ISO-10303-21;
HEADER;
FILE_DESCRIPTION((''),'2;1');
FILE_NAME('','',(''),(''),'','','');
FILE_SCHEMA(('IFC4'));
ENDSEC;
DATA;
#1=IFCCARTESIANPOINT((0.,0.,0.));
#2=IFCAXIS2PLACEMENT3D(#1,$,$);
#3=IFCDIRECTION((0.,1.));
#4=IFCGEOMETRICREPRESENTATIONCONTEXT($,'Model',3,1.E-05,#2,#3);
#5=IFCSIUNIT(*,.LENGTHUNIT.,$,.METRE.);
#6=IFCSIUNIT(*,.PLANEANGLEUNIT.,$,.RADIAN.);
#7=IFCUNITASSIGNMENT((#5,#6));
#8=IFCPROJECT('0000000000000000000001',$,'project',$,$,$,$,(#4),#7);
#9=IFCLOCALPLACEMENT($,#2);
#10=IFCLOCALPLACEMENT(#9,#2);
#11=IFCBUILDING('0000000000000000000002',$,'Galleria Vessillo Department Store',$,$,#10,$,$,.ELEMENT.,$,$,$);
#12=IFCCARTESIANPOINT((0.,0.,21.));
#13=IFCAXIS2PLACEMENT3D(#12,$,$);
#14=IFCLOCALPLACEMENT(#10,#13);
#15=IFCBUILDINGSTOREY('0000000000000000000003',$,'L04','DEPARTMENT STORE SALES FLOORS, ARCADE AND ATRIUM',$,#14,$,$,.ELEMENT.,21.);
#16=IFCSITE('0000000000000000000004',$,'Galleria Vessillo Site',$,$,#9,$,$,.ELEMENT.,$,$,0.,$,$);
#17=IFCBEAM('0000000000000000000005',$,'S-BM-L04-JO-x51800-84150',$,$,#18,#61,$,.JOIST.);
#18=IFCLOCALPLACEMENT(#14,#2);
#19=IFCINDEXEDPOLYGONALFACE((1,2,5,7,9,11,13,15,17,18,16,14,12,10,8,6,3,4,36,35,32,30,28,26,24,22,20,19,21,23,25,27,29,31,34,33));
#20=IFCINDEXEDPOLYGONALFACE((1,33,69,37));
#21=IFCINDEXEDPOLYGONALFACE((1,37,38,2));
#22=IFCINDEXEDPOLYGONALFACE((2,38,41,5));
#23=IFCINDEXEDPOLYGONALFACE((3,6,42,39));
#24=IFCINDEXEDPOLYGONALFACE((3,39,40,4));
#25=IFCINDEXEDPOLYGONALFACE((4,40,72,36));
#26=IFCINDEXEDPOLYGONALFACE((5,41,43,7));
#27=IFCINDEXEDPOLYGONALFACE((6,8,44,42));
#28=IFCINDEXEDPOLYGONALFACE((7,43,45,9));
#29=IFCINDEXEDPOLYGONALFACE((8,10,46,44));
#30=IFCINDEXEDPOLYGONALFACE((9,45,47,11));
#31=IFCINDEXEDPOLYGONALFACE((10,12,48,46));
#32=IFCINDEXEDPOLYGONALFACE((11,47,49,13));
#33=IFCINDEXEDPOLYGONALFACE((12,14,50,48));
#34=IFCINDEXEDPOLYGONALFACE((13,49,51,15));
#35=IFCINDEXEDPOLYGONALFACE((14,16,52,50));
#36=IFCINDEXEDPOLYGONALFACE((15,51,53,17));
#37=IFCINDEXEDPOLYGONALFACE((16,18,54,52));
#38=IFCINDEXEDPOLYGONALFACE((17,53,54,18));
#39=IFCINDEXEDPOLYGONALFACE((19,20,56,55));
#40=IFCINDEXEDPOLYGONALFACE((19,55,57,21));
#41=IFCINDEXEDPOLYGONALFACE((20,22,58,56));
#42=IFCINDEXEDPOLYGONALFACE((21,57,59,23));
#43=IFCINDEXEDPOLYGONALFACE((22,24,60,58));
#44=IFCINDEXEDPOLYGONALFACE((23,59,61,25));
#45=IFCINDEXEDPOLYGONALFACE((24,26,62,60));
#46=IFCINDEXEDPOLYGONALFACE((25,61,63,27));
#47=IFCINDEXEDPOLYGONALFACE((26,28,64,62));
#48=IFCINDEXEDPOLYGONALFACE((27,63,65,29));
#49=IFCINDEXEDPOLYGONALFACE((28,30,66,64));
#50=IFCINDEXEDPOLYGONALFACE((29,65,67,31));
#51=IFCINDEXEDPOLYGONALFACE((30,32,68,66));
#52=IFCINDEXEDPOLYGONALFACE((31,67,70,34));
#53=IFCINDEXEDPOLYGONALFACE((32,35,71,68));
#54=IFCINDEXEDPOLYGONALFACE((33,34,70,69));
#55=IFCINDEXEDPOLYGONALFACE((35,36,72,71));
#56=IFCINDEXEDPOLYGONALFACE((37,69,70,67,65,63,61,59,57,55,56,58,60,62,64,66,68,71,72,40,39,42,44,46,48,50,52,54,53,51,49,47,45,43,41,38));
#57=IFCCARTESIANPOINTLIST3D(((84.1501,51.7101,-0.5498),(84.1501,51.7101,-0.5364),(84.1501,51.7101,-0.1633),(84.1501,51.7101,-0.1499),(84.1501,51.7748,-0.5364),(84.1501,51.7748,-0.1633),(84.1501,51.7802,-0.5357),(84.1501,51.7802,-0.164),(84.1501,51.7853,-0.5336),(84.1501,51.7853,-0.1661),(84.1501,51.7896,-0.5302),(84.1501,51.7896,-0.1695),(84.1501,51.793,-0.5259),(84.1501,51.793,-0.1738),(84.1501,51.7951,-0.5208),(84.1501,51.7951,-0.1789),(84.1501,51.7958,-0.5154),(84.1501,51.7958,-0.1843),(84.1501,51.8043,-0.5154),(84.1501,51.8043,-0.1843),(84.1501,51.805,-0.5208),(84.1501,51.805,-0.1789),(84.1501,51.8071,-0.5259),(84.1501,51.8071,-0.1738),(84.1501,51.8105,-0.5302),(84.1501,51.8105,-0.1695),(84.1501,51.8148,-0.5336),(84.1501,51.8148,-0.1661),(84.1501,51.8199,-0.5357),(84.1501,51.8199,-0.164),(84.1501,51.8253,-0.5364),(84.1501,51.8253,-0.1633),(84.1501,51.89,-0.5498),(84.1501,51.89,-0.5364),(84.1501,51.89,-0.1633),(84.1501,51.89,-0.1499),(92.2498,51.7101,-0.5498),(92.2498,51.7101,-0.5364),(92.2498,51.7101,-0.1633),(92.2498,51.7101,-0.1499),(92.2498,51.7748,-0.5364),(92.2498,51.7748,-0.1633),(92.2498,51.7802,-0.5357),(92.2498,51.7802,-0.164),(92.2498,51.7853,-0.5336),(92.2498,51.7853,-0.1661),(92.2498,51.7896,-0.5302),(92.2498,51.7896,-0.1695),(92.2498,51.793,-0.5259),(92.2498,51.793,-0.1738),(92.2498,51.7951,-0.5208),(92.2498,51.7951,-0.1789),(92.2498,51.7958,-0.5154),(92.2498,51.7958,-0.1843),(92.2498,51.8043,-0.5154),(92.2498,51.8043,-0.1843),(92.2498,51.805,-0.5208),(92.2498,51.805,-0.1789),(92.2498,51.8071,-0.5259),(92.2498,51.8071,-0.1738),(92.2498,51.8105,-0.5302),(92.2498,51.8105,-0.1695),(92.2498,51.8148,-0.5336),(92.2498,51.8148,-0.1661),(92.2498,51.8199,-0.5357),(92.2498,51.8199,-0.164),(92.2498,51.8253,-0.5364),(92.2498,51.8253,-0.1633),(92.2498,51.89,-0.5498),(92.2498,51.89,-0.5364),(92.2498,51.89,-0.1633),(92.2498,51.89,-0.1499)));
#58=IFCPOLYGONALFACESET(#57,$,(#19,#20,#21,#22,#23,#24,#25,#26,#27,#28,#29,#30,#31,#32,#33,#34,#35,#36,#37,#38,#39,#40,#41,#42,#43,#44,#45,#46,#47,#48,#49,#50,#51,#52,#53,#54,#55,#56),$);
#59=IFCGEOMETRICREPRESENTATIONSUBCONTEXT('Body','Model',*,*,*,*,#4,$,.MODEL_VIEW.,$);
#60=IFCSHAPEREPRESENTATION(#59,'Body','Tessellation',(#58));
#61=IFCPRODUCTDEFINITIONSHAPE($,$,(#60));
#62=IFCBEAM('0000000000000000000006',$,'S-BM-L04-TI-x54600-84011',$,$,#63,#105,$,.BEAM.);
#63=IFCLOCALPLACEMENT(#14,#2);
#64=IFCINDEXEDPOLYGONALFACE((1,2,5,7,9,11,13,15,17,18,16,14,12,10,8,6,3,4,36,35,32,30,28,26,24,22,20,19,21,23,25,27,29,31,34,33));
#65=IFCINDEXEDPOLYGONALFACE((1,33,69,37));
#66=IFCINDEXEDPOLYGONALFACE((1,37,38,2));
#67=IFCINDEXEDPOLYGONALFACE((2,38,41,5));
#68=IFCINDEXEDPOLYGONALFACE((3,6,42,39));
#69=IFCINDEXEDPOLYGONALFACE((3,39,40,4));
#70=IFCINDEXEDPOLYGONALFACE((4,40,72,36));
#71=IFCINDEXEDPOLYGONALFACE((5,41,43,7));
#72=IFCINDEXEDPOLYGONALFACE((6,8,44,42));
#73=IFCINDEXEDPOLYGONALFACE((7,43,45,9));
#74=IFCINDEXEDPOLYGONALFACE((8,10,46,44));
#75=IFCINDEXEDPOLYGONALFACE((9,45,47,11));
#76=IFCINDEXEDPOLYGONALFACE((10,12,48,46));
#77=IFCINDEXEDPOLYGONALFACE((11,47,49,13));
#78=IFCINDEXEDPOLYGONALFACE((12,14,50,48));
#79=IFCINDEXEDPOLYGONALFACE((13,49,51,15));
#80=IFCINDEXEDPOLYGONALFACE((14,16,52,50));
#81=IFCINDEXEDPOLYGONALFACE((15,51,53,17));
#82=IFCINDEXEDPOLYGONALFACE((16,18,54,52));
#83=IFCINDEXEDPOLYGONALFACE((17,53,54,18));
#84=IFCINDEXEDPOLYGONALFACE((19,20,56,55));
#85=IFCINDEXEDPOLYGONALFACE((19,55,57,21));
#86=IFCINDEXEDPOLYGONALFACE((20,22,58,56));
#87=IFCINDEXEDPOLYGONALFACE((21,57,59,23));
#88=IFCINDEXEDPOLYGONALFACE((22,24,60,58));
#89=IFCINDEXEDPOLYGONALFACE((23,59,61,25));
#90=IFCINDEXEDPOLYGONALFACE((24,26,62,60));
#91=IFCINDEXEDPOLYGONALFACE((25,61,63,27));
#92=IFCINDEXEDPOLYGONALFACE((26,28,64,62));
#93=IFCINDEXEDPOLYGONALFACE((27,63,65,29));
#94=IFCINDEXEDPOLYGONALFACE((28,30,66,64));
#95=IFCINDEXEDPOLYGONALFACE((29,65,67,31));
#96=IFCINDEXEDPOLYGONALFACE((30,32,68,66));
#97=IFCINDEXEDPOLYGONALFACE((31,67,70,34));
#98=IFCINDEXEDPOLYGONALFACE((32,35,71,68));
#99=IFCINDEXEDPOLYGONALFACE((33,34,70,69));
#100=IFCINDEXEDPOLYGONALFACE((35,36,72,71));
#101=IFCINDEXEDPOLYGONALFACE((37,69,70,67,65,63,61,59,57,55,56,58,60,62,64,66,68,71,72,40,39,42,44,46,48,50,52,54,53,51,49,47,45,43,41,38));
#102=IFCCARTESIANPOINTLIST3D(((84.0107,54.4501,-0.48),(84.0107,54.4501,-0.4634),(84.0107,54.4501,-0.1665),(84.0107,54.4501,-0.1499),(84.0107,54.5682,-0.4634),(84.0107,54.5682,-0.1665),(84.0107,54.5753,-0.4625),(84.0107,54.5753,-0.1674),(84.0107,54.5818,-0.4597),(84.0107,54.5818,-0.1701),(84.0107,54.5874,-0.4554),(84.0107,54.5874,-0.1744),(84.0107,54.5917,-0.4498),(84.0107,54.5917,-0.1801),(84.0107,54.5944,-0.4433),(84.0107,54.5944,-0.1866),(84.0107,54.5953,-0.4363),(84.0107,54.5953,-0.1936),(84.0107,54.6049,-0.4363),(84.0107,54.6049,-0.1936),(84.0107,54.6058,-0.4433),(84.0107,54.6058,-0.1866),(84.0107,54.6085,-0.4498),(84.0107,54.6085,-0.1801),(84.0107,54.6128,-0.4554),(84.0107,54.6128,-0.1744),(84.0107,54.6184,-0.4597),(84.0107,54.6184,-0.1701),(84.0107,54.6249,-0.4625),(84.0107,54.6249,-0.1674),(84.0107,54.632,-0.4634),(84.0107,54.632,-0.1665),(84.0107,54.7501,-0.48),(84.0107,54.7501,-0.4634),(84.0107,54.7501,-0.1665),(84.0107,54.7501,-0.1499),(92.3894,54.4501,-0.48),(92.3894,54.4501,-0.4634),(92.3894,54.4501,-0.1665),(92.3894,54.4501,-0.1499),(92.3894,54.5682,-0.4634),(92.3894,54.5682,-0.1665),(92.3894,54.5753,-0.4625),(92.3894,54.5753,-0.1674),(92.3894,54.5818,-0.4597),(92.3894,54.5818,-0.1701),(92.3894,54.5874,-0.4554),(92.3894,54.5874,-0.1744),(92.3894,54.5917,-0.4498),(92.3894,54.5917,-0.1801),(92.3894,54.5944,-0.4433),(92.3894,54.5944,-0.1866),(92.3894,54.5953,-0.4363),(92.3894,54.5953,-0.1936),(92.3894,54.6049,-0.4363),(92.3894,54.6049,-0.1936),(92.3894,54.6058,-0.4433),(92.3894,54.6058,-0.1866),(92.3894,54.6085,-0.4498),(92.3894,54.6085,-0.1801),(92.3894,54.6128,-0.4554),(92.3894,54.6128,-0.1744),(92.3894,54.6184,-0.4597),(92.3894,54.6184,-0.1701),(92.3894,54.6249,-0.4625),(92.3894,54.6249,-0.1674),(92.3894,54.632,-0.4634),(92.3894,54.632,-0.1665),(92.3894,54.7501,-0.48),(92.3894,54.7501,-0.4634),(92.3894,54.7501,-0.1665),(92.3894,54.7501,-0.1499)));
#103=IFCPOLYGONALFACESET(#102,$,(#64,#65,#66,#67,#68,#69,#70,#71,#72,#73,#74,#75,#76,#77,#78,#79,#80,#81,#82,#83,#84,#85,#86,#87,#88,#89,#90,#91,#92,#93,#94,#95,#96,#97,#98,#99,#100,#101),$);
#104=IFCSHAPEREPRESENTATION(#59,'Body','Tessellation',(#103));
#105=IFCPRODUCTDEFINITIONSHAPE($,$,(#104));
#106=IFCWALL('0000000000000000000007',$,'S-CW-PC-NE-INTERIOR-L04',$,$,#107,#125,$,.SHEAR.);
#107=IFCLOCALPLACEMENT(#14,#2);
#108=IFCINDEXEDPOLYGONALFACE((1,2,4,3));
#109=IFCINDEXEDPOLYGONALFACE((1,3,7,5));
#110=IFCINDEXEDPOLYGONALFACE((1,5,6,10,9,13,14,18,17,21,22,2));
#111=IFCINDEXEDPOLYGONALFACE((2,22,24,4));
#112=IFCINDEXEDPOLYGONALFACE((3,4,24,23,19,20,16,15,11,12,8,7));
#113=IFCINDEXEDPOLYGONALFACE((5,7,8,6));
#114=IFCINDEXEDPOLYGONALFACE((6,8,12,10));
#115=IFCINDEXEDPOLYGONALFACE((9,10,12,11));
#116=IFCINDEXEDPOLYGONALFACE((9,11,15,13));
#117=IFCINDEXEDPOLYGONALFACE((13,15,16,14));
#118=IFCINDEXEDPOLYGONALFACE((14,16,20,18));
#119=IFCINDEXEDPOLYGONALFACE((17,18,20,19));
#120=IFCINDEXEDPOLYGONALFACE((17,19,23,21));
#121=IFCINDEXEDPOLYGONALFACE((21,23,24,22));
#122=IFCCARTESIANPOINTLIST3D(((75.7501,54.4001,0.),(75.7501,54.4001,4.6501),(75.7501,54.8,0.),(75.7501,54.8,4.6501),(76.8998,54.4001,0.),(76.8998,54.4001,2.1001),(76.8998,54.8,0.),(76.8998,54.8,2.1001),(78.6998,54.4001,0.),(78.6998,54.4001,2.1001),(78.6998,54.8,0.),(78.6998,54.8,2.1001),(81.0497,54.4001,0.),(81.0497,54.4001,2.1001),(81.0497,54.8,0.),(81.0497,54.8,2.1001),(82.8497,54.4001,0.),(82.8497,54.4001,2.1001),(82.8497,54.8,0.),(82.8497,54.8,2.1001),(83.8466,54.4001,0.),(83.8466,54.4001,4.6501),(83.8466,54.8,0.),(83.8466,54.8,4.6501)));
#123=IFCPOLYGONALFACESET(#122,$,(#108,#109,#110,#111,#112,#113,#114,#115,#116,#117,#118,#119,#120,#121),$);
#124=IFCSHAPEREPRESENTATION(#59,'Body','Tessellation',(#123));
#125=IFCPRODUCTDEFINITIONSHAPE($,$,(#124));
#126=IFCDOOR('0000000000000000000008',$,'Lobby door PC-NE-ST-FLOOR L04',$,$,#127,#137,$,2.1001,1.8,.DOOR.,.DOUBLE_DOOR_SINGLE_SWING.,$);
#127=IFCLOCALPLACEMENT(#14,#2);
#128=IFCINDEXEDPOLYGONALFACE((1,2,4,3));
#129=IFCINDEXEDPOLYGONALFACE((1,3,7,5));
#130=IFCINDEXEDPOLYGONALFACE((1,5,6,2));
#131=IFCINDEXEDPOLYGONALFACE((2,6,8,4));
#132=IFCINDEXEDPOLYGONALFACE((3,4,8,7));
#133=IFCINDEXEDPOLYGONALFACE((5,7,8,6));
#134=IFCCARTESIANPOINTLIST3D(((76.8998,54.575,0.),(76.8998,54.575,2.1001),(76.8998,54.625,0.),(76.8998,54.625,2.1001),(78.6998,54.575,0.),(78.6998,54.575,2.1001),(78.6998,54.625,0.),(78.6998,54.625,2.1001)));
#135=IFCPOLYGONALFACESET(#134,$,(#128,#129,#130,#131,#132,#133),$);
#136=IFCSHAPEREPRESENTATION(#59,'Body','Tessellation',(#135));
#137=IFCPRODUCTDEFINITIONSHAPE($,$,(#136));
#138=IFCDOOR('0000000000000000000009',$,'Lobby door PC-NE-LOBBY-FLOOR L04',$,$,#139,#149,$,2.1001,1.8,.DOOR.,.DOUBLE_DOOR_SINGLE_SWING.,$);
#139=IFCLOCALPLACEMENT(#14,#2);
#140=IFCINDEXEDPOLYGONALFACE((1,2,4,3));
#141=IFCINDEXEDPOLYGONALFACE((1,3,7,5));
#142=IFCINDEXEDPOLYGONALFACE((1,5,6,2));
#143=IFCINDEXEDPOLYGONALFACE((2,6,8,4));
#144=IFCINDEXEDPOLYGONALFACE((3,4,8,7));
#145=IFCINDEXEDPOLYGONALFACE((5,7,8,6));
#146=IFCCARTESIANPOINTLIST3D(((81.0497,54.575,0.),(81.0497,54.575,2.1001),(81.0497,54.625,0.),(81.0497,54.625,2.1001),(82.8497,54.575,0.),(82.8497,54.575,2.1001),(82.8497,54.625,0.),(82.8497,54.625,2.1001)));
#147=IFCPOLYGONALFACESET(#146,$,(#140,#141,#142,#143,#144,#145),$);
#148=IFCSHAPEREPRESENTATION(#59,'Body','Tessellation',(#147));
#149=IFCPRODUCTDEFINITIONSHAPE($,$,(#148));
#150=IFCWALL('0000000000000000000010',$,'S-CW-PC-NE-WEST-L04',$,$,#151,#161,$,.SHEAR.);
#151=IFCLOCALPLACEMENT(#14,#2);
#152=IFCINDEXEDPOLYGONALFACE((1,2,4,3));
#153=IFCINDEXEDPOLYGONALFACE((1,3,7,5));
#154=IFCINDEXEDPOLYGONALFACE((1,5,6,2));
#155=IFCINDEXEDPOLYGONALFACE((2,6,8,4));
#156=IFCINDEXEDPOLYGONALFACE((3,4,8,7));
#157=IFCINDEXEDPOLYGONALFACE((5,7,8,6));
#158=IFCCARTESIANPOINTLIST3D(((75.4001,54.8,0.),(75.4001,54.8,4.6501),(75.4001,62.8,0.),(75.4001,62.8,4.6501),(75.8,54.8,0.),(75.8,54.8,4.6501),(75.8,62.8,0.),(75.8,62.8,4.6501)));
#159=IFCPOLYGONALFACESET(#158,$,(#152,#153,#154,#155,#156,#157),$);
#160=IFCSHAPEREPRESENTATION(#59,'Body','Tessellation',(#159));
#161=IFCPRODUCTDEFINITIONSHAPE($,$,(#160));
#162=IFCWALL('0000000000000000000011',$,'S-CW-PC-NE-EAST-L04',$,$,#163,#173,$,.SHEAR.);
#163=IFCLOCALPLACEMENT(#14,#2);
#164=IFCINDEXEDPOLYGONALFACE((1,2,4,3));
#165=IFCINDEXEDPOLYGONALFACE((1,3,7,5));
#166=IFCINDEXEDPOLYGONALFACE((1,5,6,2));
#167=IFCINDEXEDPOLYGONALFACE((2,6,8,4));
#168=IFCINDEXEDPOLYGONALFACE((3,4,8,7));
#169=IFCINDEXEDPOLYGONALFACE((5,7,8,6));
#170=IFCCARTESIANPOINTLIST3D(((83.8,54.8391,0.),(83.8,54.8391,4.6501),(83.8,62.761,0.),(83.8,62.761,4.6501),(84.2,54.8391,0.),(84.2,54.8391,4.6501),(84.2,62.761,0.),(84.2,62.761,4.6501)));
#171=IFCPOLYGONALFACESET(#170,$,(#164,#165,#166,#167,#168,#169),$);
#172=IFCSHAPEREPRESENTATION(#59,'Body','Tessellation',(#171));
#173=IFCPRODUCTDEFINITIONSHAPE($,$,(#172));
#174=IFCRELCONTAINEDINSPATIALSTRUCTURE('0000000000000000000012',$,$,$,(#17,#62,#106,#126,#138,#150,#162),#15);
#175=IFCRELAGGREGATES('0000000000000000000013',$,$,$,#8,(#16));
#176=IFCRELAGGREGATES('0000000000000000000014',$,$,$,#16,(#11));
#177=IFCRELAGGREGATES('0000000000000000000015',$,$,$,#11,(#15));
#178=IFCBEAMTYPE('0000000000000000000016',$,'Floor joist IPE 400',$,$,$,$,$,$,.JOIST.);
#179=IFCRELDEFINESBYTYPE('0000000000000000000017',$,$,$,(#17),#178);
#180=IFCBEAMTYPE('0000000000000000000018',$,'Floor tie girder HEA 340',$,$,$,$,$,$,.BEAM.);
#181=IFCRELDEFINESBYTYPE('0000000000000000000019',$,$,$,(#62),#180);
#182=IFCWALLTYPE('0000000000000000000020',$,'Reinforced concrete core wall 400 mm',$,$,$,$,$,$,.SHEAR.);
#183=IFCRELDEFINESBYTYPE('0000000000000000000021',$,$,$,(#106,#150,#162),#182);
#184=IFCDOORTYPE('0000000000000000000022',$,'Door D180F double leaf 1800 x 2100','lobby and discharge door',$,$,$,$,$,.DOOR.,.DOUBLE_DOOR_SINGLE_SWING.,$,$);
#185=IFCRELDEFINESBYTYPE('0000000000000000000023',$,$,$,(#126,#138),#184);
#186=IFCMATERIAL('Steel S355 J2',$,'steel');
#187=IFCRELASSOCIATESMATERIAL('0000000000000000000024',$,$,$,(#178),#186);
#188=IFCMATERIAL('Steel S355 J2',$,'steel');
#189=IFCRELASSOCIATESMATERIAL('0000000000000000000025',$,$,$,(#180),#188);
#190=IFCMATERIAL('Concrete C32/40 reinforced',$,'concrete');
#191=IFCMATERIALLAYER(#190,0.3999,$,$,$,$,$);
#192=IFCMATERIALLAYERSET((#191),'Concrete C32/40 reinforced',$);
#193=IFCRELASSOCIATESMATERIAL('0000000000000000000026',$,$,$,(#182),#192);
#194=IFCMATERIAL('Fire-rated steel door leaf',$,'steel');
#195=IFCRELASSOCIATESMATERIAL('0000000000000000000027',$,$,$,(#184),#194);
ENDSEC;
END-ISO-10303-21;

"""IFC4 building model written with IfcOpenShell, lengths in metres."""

from ifc_helpers import new_model, si_unit, direction, frame, frame_2d, origin, origin_2d, place, context, subcontext, project, spatial, rectangle, i_section, extrude, material, layer, layer_set, material_profile, profile_set, type_object, element, fill, save


model = new_model("IFC4")

# Units and contexts
model_context = context("Model", 3, precision=1e-05, world=origin(), true_north=direction((0.0, 1.0)))
body_context = subcontext(model_context, "Body", "Model", "MODEL_VIEW")
ifc_project = project(units=[si_unit("LENGTHUNIT", "METRE"), si_unit("PLANEANGLEUNIT", "RADIAN")], contexts=[model_context])

# Site, building, storey
site_placement = place(None, origin())
site = spatial("IfcSite", under=ifc_project, at=site_placement, Name="Galleria Vessillo Site", CompositionType="ELEMENT", RefElevation=0.0)
building_placement = place(site_placement, origin())
building = spatial("IfcBuilding", under=site, at=building_placement, Name="Galleria Vessillo Department Store", CompositionType="ELEMENT")
storey_placement = place(building_placement, frame((0.0, 0.0, 21.0)))
storey = spatial("IfcBuildingStorey", under=building, at=storey_placement, Name="L04", Description="DEPARTMENT STORE SALES FLOORS, ARCADE AND ATRIUM", CompositionType="ELEMENT", Elevation=21.0)

# Beams
ifc_material_1 = material(Name="Steel S355 J2", Category="steel")
ifc_material_profile_1 = material_profile(ifc_material_1, i_section(OverallWidth=0.1799, OverallDepth=0.3999, WebThickness=0.0085, FlangeThickness=0.0134, FilletRadius=0.021, at=origin_2d()), Name="IPE 400")
ifc_profile_set_1 = profile_set([ifc_material_profile_1], Name="Steel S355 J2")
beam_type_1 = type_object("IfcBeamType", Name="Floor joist IPE 400", PredefinedType="JOIST", material=ifc_profile_set_1)
for number, where, z_axis, x_axis, name in (
    (1, (84.1501, 51.8, -0.3499), (1.0, 0.0, 0.0), (0.0, 1.0, 0.0), "S-BM-L04-JO-x51800-84150"),
):
    element("IfcBeam", number, at=place(storey_placement, frame(where, z_axis=z_axis, x_axis=x_axis)), inside=storey, type_object=beam_type_1, Name=name, PredefinedType="JOIST", context=body_context, shape_type="SweptSolid", body=[
        extrude(i_section(OverallWidth=0.1799, OverallDepth=0.3999, WebThickness=0.0085, FlangeThickness=0.0134, FilletRadius=0.021, at=origin_2d()), origin(), (0.0, 0.0, 1.0), 8.0996),
    ])
ifc_material_2 = material(Name="Steel S355 J2", Category="steel")
ifc_material_profile_2 = material_profile(ifc_material_2, i_section(OverallWidth=0.3, OverallDepth=0.3301, WebThickness=0.0095, FlangeThickness=0.0166, FilletRadius=0.0271, at=origin_2d()), Name="HEA 340")
ifc_profile_set_2 = profile_set([ifc_material_profile_2], Name="Steel S355 J2")
beam_type_2 = type_object("IfcBeamType", Name="Floor tie girder HEA 340", PredefinedType="BEAM", material=ifc_profile_set_2)
beam_1_placement = place(storey_placement, frame((84.0107, 54.6001, -0.3149), z_axis=(1.0, 0.0, 0.0), x_axis=(0.0, 1.0, 0.0)))
element("IfcBeam", 2, at=beam_1_placement, inside=storey, type_object=beam_type_2, Name="S-BM-L04-TI-x54600-84011", PredefinedType="BEAM", context=body_context, shape_type="SweptSolid", body=[
    extrude(i_section(OverallWidth=0.3, OverallDepth=0.3301, WebThickness=0.0095, FlangeThickness=0.0166, FilletRadius=0.0271, at=origin_2d()), origin(), (0.0, 0.0, 1.0), 8.3787),
])

# Wall, openings, doors
ifc_material_3 = material(Name="Concrete C32/40 reinforced", Category="concrete")
ifc_layer_1 = layer(ifc_material_3, 0.3999)
ifc_layer_set_1 = layer_set([ifc_layer_1], Name="Concrete C32/40 reinforced")
wall_type_1 = type_object("IfcWallType", Name="Reinforced concrete core wall 400 mm", PredefinedType="SHEAR", material=ifc_layer_set_1)
wall_1_placement = place(storey_placement, frame((75.75, 54.6001, 0.0), z_axis=(0.0, 0.0, 1.0), x_axis=(1.0, 0.0, 0.0)))
wall_1 = element("IfcWall", 3, at=wall_1_placement, inside=storey, type_object=wall_type_1, Name="S-CW-PC-NE-INTERIOR-L04", PredefinedType="SHEAR", context=body_context, shape_type="SweptSolid", body=[
    extrude(rectangle(XDim=8.0964, YDim=0.3999, at=frame_2d((4.0483, 0.0))), origin(), (0.0, 0.0, 1.0), 4.6501),
])
opening_1_placement = place(wall_1_placement, frame((1.1499, 0.0, 0.0)))
opening_1 = element("IfcOpeningElement", 4, at=opening_1_placement, cuts=wall_1, PredefinedType="OPENING", context=body_context, shape_type="SweptSolid", body=[
    extrude(rectangle(XDim=1.8, YDim=2.1001, at=frame_2d((0.8999, 1.05))), frame((0.0, 0.21, 0.0), z_axis=(0.0, -1.0, 0.0), x_axis=(1.0, 0.0, 0.0)), (0.0, 0.0, 1.0), 0.4199),
])
opening_2_placement = place(wall_1_placement, frame((5.2998, 0.0, 0.0)))
opening_2 = element("IfcOpeningElement", 5, at=opening_2_placement, cuts=wall_1, PredefinedType="OPENING", context=body_context, shape_type="SweptSolid", body=[
    extrude(rectangle(XDim=1.8, YDim=2.1001, at=frame_2d((0.8999, 1.05))), frame((0.0, 0.21, 0.0), z_axis=(0.0, -1.0, 0.0), x_axis=(1.0, 0.0, 0.0)), (0.0, 0.0, 1.0), 0.4199),
])
ifc_material_4 = material(Name="Fire-rated steel door leaf", Category="steel")
door_type = type_object("IfcDoorType", Name="Door D180F double leaf 1800 x 2100", Description="lobby and discharge door", OperationType="DOUBLE_DOOR_SINGLE_SWING", PredefinedType="DOOR", material=ifc_material_4)
door_1_placement = place(opening_1_placement, origin())
door_1 = element("IfcDoor", 6, at=door_1_placement, inside=storey, type_object=door_type, Name="Lobby door PC-NE-ST-FLOOR L04", OperationType="DOUBLE_DOOR_SINGLE_SWING", OverallHeight=2.1001, OverallWidth=1.8, PredefinedType="DOOR", context=body_context, shape_type="SweptSolid", body=[
    extrude(rectangle(XDim=1.8, YDim=2.1001, at=frame_2d((0.8999, 1.05))), frame((0.0, 0.0249, 0.0), z_axis=(0.0, -1.0, 0.0), x_axis=(1.0, 0.0, 0.0)), (0.0, 0.0, 1.0), 0.05),
])
fill(opening_1, door_1)
door_2_placement = place(opening_2_placement, origin())
door_2 = element("IfcDoor", 7, at=door_2_placement, inside=storey, type_object=door_type, Name="Lobby door PC-NE-LOBBY-FLOOR L04", OperationType="DOUBLE_DOOR_SINGLE_SWING", OverallHeight=2.1001, OverallWidth=1.8, PredefinedType="DOOR", context=body_context, shape_type="SweptSolid", body=[
    extrude(rectangle(XDim=1.8, YDim=2.1001, at=frame_2d((0.8999, 1.05))), frame((0.0, 0.0249, 0.0), z_axis=(0.0, -1.0, 0.0), x_axis=(1.0, 0.0, 0.0)), (0.0, 0.0, 1.0), 0.05),
])
fill(opening_2, door_2)

# Walls
wall_2_placement = place(storey_placement, frame((75.6001, 54.8, 0.0), z_axis=(0.0, 0.0, 1.0), x_axis=(0.0, 1.0, 0.0)))
element("IfcWall", 8, at=wall_2_placement, inside=storey, type_object=wall_type_1, Name="S-CW-PC-NE-WEST-L04", PredefinedType="SHEAR", context=body_context, shape_type="SweptSolid", body=[
    extrude(rectangle(XDim=8.0, YDim=0.3999, at=frame_2d((4.0, 0.0))), origin(), (0.0, 0.0, 1.0), 4.6501),
])
wall_3_placement = place(storey_placement, frame((84.0, 54.8391, 0.0), z_axis=(0.0, 0.0, 1.0), x_axis=(0.0, 1.0, 0.0)))
element("IfcWall", 9, at=wall_3_placement, inside=storey, type_object=wall_type_1, Name="S-CW-PC-NE-EAST-L04", PredefinedType="SHEAR", context=body_context, shape_type="SweptSolid", body=[
    extrude(rectangle(XDim=7.9219, YDim=0.3999, at=frame_2d((3.9609, 0.0))), origin(), (0.0, 0.0, 1.0), 4.6501),
])

save(model, "model.ifc")
